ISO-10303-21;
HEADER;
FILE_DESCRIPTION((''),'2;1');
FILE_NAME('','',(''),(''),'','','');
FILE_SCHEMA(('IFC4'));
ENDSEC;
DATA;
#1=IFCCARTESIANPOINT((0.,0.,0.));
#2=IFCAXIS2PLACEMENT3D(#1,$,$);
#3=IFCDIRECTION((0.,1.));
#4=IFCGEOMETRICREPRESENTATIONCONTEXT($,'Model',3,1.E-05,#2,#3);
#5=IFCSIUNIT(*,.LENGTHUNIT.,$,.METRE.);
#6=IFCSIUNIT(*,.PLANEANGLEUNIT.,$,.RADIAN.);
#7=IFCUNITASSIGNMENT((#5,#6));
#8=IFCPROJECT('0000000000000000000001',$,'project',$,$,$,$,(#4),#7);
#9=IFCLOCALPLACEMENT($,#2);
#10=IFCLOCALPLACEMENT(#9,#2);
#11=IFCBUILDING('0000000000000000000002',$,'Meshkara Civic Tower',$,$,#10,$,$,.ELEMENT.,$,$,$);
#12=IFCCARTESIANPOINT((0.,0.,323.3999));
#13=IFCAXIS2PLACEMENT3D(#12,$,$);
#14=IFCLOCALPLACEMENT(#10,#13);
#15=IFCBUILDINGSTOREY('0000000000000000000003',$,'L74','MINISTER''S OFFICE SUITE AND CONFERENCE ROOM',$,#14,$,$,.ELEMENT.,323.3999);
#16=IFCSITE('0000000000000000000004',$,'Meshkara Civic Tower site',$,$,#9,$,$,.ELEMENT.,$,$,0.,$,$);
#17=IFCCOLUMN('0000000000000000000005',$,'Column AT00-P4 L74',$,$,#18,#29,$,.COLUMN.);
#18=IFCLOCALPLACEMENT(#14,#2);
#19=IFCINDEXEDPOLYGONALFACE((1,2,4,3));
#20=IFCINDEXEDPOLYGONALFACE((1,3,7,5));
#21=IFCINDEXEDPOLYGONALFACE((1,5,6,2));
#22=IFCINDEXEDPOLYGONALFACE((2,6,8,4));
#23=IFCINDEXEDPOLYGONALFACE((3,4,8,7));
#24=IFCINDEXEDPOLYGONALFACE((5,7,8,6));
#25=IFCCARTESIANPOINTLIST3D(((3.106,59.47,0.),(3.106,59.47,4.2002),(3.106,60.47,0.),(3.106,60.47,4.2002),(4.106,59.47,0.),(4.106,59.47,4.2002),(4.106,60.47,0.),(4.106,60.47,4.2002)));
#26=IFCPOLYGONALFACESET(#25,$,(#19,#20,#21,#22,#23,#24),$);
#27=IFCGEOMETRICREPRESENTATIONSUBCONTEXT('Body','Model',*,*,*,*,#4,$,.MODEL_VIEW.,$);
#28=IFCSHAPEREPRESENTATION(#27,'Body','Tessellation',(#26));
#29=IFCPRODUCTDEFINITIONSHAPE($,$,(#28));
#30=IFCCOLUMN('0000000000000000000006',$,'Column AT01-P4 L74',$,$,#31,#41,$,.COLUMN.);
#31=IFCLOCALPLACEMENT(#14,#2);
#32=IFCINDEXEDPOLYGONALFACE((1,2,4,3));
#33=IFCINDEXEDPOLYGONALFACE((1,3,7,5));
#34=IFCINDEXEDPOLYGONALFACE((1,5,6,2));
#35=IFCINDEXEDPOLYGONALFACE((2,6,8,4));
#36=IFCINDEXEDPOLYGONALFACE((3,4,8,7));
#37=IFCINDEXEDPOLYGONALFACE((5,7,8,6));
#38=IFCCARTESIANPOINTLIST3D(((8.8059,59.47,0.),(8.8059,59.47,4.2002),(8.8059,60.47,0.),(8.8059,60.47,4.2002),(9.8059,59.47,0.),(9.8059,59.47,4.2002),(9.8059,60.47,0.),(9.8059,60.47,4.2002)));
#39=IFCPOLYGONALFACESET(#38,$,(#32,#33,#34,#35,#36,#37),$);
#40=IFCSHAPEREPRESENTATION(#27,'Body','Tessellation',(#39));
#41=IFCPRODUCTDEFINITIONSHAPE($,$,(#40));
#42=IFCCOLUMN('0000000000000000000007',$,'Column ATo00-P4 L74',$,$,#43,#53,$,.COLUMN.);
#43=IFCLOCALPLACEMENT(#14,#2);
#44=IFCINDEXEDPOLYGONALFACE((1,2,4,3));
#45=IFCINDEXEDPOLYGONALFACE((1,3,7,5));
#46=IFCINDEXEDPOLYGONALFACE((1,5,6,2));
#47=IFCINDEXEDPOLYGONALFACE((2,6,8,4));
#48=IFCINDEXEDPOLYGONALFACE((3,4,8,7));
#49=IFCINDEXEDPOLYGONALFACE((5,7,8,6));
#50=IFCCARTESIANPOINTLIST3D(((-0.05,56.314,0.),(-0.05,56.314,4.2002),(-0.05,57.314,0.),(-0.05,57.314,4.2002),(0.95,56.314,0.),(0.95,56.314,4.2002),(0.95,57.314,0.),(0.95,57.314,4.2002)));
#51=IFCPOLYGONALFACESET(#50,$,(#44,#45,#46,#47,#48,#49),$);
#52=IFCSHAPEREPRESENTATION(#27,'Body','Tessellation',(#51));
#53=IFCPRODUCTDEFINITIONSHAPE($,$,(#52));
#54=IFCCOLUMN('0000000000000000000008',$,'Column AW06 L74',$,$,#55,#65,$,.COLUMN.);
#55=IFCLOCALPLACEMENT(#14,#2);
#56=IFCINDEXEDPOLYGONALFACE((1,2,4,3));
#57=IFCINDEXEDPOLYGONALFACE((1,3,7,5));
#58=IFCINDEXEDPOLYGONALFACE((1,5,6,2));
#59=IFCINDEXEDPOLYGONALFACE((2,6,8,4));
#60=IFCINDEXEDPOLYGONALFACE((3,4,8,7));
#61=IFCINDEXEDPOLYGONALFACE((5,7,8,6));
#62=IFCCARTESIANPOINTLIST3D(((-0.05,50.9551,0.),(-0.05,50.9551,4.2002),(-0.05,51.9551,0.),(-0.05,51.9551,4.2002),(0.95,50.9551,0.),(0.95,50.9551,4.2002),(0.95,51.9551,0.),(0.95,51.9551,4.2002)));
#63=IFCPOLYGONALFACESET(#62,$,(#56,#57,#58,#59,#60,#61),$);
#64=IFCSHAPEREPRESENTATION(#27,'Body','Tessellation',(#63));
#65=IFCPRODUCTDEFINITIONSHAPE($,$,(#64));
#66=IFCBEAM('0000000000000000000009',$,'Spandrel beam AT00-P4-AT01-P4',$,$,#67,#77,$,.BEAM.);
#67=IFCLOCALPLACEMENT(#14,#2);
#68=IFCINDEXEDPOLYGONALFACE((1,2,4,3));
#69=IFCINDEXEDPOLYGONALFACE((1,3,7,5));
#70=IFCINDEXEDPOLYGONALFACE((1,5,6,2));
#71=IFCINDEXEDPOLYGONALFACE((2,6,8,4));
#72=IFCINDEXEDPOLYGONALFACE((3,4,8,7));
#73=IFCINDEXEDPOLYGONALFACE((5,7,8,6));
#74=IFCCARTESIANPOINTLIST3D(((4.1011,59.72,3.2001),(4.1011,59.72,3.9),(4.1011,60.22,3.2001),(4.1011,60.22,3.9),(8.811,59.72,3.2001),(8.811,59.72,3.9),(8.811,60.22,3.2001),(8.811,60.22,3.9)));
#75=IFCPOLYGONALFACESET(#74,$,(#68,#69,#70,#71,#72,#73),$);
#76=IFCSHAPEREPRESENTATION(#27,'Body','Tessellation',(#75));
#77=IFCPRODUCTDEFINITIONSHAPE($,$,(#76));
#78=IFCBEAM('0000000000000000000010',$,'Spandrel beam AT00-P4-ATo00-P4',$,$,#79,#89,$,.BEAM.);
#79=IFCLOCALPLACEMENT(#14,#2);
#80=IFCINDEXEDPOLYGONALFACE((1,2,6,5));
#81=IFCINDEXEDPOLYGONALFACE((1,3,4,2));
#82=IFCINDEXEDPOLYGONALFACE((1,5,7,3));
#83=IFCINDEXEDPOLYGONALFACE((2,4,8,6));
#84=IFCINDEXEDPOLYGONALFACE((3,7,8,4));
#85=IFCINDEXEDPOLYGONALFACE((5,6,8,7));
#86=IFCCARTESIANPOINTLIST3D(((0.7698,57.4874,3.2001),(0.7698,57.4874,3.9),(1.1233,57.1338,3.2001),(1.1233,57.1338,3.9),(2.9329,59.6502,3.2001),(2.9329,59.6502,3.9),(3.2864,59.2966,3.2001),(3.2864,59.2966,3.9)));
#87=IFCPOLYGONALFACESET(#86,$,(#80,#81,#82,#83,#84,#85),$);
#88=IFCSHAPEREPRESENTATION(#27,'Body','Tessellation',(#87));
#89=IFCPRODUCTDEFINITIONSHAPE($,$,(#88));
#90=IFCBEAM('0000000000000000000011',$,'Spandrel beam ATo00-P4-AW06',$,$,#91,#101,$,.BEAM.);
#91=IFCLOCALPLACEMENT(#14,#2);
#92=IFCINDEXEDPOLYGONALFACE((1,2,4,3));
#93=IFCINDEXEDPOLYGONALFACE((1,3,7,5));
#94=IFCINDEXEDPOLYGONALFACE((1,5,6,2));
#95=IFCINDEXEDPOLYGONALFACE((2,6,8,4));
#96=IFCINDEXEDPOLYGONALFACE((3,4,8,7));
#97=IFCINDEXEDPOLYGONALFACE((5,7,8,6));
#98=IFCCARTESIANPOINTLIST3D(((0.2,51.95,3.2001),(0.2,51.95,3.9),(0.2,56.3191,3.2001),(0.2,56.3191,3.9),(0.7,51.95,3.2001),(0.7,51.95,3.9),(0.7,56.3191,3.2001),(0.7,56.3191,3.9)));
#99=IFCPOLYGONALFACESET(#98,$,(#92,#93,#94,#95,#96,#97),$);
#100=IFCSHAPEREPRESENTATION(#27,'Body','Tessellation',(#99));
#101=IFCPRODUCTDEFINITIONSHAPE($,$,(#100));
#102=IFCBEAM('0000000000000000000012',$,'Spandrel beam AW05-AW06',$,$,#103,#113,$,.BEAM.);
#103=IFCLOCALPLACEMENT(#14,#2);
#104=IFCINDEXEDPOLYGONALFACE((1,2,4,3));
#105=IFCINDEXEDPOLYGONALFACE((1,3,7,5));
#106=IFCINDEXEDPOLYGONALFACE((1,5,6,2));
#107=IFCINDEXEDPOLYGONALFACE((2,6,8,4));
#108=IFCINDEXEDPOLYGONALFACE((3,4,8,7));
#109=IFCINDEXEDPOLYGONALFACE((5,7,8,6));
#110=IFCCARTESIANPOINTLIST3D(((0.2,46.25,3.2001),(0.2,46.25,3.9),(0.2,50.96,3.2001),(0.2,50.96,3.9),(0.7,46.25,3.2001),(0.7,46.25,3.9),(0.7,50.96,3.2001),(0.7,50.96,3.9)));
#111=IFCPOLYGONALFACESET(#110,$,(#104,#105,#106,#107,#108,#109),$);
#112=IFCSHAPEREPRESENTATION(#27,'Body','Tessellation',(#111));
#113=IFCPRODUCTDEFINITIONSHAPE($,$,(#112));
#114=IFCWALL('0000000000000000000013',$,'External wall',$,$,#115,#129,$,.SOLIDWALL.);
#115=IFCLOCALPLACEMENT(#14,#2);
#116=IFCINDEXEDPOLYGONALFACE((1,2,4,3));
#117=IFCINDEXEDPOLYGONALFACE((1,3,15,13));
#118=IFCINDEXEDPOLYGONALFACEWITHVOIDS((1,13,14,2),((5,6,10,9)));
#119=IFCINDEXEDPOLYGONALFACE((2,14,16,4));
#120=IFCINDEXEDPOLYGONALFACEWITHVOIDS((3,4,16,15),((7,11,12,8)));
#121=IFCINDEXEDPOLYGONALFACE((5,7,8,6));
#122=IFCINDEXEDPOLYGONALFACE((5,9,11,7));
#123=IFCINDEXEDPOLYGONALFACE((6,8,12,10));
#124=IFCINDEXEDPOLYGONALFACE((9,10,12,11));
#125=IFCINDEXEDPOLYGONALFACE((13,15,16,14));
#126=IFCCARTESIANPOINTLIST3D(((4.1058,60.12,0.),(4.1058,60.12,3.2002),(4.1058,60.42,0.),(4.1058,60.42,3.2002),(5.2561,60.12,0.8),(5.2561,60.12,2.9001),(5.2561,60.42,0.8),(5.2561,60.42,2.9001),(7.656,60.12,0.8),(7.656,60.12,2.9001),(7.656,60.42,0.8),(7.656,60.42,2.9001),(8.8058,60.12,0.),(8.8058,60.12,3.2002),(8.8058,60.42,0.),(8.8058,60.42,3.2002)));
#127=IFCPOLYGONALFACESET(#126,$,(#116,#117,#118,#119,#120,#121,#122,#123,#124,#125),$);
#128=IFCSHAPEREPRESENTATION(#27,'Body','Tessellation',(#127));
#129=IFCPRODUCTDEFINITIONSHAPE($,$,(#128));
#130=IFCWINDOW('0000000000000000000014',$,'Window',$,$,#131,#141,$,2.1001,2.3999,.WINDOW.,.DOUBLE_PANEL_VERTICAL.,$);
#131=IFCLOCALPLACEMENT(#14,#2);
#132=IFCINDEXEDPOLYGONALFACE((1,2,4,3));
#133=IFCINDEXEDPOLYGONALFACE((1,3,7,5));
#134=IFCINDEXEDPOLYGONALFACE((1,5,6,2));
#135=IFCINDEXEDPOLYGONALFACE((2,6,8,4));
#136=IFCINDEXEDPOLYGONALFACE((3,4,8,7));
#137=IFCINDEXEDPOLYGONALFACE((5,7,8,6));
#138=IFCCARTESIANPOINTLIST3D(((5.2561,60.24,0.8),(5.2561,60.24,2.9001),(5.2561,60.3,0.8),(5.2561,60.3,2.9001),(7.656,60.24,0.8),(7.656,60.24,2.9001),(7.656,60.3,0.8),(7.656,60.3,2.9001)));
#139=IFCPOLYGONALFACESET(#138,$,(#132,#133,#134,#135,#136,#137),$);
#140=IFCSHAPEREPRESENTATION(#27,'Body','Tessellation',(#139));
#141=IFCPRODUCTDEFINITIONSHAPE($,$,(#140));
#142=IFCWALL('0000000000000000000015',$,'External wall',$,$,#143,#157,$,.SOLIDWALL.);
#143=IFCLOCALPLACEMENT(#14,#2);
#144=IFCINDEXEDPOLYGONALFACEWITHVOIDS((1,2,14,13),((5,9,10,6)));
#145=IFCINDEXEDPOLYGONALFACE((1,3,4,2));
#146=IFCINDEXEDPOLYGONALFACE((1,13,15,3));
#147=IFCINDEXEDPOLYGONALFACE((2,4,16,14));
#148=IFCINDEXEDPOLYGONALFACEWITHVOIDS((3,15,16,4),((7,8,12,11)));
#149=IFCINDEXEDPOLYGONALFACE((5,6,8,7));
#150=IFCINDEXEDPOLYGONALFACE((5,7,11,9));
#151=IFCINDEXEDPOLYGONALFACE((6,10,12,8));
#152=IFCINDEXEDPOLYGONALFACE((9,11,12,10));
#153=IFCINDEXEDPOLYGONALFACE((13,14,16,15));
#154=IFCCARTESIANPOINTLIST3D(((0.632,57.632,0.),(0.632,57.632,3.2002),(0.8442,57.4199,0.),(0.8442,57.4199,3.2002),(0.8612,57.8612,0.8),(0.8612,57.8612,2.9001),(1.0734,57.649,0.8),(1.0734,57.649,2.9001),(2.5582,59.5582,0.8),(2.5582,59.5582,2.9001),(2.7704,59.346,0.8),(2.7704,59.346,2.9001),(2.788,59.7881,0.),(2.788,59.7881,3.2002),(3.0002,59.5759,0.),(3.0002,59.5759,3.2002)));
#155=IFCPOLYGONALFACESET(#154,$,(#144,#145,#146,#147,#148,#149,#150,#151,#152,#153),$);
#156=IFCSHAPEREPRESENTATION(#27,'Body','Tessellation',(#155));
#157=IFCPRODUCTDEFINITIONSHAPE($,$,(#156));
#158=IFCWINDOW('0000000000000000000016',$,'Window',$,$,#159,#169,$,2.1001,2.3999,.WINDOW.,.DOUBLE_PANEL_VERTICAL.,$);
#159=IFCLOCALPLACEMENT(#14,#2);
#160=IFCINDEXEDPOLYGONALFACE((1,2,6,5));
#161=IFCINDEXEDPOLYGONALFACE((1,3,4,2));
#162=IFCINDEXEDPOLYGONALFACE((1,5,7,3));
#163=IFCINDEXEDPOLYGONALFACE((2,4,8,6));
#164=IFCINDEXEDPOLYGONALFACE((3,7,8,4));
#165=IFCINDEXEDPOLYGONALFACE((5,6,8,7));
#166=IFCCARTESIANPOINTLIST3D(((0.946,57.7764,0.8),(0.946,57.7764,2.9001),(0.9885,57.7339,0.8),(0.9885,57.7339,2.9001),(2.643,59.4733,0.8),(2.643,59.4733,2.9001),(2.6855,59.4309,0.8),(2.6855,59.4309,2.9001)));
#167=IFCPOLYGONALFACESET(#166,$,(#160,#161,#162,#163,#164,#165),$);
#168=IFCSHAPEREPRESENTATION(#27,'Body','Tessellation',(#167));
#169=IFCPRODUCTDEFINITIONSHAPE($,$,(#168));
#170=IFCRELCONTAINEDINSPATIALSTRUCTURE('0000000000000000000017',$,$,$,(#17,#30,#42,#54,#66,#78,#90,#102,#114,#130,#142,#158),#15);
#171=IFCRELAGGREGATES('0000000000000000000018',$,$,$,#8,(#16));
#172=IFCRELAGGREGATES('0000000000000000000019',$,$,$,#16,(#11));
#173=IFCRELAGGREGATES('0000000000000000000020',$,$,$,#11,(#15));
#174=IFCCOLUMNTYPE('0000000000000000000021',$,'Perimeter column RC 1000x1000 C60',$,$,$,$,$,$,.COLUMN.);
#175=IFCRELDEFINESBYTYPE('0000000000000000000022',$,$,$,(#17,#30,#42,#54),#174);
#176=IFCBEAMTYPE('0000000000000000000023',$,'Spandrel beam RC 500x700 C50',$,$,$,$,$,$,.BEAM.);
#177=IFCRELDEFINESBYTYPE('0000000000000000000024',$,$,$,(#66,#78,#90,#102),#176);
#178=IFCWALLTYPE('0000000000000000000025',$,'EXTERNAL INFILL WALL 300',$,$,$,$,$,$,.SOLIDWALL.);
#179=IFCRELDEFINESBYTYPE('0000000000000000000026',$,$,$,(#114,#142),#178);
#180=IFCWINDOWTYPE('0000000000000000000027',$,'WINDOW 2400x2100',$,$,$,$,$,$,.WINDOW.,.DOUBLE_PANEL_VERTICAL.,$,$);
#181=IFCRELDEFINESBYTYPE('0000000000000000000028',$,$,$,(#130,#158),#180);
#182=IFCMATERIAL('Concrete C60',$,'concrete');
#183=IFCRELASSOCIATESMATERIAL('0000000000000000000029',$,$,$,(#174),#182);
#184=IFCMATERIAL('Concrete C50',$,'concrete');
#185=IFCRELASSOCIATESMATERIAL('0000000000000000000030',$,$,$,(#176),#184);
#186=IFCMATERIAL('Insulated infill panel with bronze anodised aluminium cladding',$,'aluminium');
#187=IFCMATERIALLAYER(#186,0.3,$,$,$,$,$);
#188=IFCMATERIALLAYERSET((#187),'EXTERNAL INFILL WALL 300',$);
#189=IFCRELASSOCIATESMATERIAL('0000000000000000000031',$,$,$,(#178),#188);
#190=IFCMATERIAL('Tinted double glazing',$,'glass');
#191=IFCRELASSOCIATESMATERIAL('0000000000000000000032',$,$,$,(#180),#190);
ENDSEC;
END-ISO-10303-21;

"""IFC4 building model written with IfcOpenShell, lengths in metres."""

from ifc_helpers import new_model, si_unit, direction, frame, frame_2d, origin, origin_2d, place, context, subcontext, project, spatial, rectangle, extrude, material, layer, layer_set, material_profile, profile_set, type_object, element, fill, save


model = new_model("IFC4")

# Units and contexts
model_context = context("Model", 3, precision=1e-05, world=origin(), true_north=direction((0.0, 1.0)))
body_context = subcontext(model_context, "Body", "Model", "MODEL_VIEW")
ifc_project = project(units=[si_unit("LENGTHUNIT", "METRE"), si_unit("PLANEANGLEUNIT", "RADIAN")], contexts=[model_context])

# Site, building, storey
site_placement = place(None, origin())
site = spatial("IfcSite", under=ifc_project, at=site_placement, Name="Meshkara Civic Tower site", CompositionType="ELEMENT", RefElevation=0.0)
building_placement = place(site_placement, origin())
building = spatial("IfcBuilding", under=site, at=building_placement, Name="Meshkara Civic Tower", CompositionType="ELEMENT")
storey_placement = place(building_placement, frame((0.0, 0.0, 323.3999)))
storey = spatial("IfcBuildingStorey", under=building, at=storey_placement, Name="L74", Description="MINISTER'S OFFICE SUITE AND CONFERENCE ROOM", CompositionType="ELEMENT", Elevation=323.3999)

# Columns
ifc_material_1 = material(Name="Concrete C60", Category="concrete")
ifc_material_profile_1 = material_profile(ifc_material_1, rectangle(XDim=1.0, YDim=1.0, at=origin_2d()))
ifc_profile_set_1 = profile_set([ifc_material_profile_1], Name="Concrete C60")
column_type = type_object("IfcColumnType", Name="Perimeter column RC 1000x1000 C60", PredefinedType="COLUMN", material=ifc_profile_set_1)
for number, where, z_axis, x_axis, name in (
    (1, (3.606, 59.97, 0.0), (0.0, 0.0, 1.0), (1.0, 0.0, 0.0), "Column AT00-P4 L74"),
    (2, (9.3059, 59.97, 0.0), (0.0, 0.0, 1.0), (1.0, 0.0, 0.0), "Column AT01-P4 L74"),
    (3, (0.45, 56.814, 0.0), (0.0, 0.0, 1.0), (1.0, 0.0, 0.0), "Column ATo00-P4 L74"),
    (4, (0.45, 51.4551, 0.0), (0.0, 0.0, 1.0), (1.0, 0.0, 0.0), "Column AW06 L74"),
):
    element("IfcColumn", number, at=place(storey_placement, frame(where, z_axis=z_axis, x_axis=x_axis)), inside=storey, type_object=column_type, Name=name, PredefinedType="COLUMN", context=body_context, shape_type="SweptSolid", body=[
        extrude(rectangle(XDim=1.0, YDim=1.0, at=origin_2d()), origin(), (0.0, 0.0, 1.0), 4.2002),
    ])

# Beams
ifc_material_2 = material(Name="Concrete C50", Category="concrete")
ifc_material_profile_2 = material_profile(ifc_material_2, rectangle(XDim=0.5, YDim=0.7, at=origin_2d()))
ifc_profile_set_2 = profile_set([ifc_material_profile_2], Name="Concrete C50")
beam_type = type_object("IfcBeamType", Name="Spandrel beam RC 500x700 C50", PredefinedType="BEAM", material=ifc_profile_set_2)
beam_1_placement = place(storey_placement, frame((8.811, 59.97, 3.55), z_axis=(-1.0, 0.0, 0.0), x_axis=(0.0, -1.0, 0.0)))
element("IfcBeam", 5, at=beam_1_placement, inside=storey, type_object=beam_type, Name="Spandrel beam AT00-P4-AT01-P4", PredefinedType="BEAM", context=body_context, shape_type="SweptSolid", body=[
    extrude(rectangle(XDim=0.5, YDim=0.7, at=origin_2d()), origin(), (0.0, 0.0, 1.0), 4.71),
])
beam_2_placement = place(storey_placement, frame((3.1096, 59.4734, 3.55), z_axis=(-0.707147, -0.707067, 0.0), x_axis=(0.707067, -0.707147, 0.0)))
element("IfcBeam", 6, at=beam_2_placement, inside=storey, type_object=beam_type, Name="Spandrel beam AT00-P4-ATo00-P4", PredefinedType="BEAM", context=body_context, shape_type="SweptSolid", body=[
    extrude(rectangle(XDim=0.5, YDim=0.7, at=origin_2d()), origin(), (0.0, 0.0, 1.0), 3.0588),
])
beam_3_placement = place(storey_placement, frame((0.45, 56.3191, 3.55), z_axis=(0.0, -1.0, 0.0), x_axis=(1.0, 0.0, 0.0)))
element("IfcBeam", 7, at=beam_3_placement, inside=storey, type_object=beam_type, Name="Spandrel beam ATo00-P4-AW06", PredefinedType="BEAM", context=body_context, shape_type="SweptSolid", body=[
    extrude(rectangle(XDim=0.5, YDim=0.7, at=origin_2d()), origin(), (0.0, 0.0, 1.0), 4.3691),
])
beam_4_placement = place(storey_placement, frame((0.45, 50.96, 3.55), z_axis=(0.0, -1.0, 0.0), x_axis=(1.0, 0.0, 0.0)))
element("IfcBeam", 8, at=beam_4_placement, inside=storey, type_object=beam_type, Name="Spandrel beam AW05-AW06", PredefinedType="BEAM", context=body_context, shape_type="SweptSolid", body=[
    extrude(rectangle(XDim=0.5, YDim=0.7, at=origin_2d()), origin(), (0.0, 0.0, 1.0), 4.71),
])

# Walls, openings, windows
ifc_material_3 = material(Name="Insulated infill panel with bronze anodised aluminium cladding", Category="aluminium")
ifc_layer_1 = layer(ifc_material_3, 0.3)
ifc_layer_set_1 = layer_set([ifc_layer_1], Name="EXTERNAL INFILL WALL 300")
wall_type_1 = type_object("IfcWallType", Name="EXTERNAL INFILL WALL 300", PredefinedType="SOLIDWALL", material=ifc_layer_set_1)
wall_1_placement = place(storey_placement, frame((8.8059, 60.27, 0.0), z_axis=(0.0, 0.0, 1.0), x_axis=(-1.0, 0.0, 0.0)))
wall_1 = element("IfcWall", 9, at=wall_1_placement, inside=storey, type_object=wall_type_1, Name="External wall", PredefinedType="SOLIDWALL", context=body_context, shape_type="SweptSolid", body=[
    extrude(rectangle(XDim=4.7, YDim=0.3, at=frame_2d((2.3501, 0.0))), origin(), (0.0, 0.0, 1.0), 3.2002),
])
opening_1_placement = place(wall_1_placement, frame((1.1499, 0.0, 0.8)))
opening_1 = element("IfcOpeningElement", 10, at=opening_1_placement, cuts=wall_1, PredefinedType="OPENING", context=body_context, shape_type="SweptSolid", body=[
    extrude(rectangle(XDim=2.3999, YDim=2.1001, at=frame_2d((1.2, 1.05))), frame((0.0, 0.1599, 0.0), z_axis=(0.0, -1.0, 0.0), x_axis=(1.0, 0.0, 0.0)), (0.0, 0.0, 1.0), 0.3201),
])
ifc_material_4 = material(Name="Tinted double glazing", Category="glass")
window_type = type_object("IfcWindowType", Name="WINDOW 2400x2100", PartitioningType="DOUBLE_PANEL_VERTICAL", PredefinedType="WINDOW", material=ifc_material_4)
window_1_placement = place(opening_1_placement, origin())
window_1 = element("IfcWindow", 11, at=window_1_placement, inside=storey, type_object=window_type, Name="Window", OverallHeight=2.1001, OverallWidth=2.3999, PartitioningType="DOUBLE_PANEL_VERTICAL", PredefinedType="WINDOW", context=body_context, shape_type="SweptSolid", body=[
    extrude(rectangle(XDim=2.3999, YDim=2.1001, at=frame_2d((1.2, 1.05))), frame((0.0, 0.03, 0.0), z_axis=(0.0, -1.0, 0.0), x_axis=(1.0, 0.0, 0.0)), (0.0, 0.0, 1.0), 0.0601),
])
fill(opening_1, window_1)
wall_2_placement = place(storey_placement, frame((2.894, 59.6819, 0.0), z_axis=(0.0, 0.0, 1.0), x_axis=(-0.707107, -0.707107, 0.0)))
wall_2 = element("IfcWall", 12, at=wall_2_placement, inside=storey, type_object=wall_type_1, Name="External wall", PredefinedType="SOLIDWALL", context=body_context, shape_type="SweptSolid", body=[
    extrude(rectangle(XDim=3.0491, YDim=0.3, at=frame_2d((1.5244, 0.0))), origin(), (0.0, 0.0, 1.0), 3.2002),
])
opening_2_placement = place(wall_2_placement, frame((0.325, 0.0, 0.8)))
opening_2 = element("IfcOpeningElement", 13, at=opening_2_placement, cuts=wall_2, PredefinedType="OPENING", context=body_context, shape_type="SweptSolid", body=[
    extrude(rectangle(XDim=2.3999, YDim=2.1001, at=frame_2d((1.2, 1.05))), frame((0.0, 0.1599, 0.0), z_axis=(0.0, -1.0, 0.0), x_axis=(1.0, 0.0, 0.0)), (0.0, 0.0, 1.0), 0.3201),
])
window_2_placement = place(opening_2_placement, origin())
window_2 = element("IfcWindow", 14, at=window_2_placement, inside=storey, type_object=window_type, Name="Window", OverallHeight=2.1001, OverallWidth=2.3999, PartitioningType="DOUBLE_PANEL_VERTICAL", PredefinedType="WINDOW", context=body_context, shape_type="SweptSolid", body=[
    extrude(rectangle(XDim=2.3999, YDim=2.1001, at=frame_2d((1.2, 1.05))), frame((0.0, 0.03, 0.0), z_axis=(0.0, -1.0, 0.0), x_axis=(1.0, 0.0, 0.0)), (0.0, 0.0, 1.0), 0.0601),
])
fill(opening_2, window_2)

save(model, "model.ifc")
